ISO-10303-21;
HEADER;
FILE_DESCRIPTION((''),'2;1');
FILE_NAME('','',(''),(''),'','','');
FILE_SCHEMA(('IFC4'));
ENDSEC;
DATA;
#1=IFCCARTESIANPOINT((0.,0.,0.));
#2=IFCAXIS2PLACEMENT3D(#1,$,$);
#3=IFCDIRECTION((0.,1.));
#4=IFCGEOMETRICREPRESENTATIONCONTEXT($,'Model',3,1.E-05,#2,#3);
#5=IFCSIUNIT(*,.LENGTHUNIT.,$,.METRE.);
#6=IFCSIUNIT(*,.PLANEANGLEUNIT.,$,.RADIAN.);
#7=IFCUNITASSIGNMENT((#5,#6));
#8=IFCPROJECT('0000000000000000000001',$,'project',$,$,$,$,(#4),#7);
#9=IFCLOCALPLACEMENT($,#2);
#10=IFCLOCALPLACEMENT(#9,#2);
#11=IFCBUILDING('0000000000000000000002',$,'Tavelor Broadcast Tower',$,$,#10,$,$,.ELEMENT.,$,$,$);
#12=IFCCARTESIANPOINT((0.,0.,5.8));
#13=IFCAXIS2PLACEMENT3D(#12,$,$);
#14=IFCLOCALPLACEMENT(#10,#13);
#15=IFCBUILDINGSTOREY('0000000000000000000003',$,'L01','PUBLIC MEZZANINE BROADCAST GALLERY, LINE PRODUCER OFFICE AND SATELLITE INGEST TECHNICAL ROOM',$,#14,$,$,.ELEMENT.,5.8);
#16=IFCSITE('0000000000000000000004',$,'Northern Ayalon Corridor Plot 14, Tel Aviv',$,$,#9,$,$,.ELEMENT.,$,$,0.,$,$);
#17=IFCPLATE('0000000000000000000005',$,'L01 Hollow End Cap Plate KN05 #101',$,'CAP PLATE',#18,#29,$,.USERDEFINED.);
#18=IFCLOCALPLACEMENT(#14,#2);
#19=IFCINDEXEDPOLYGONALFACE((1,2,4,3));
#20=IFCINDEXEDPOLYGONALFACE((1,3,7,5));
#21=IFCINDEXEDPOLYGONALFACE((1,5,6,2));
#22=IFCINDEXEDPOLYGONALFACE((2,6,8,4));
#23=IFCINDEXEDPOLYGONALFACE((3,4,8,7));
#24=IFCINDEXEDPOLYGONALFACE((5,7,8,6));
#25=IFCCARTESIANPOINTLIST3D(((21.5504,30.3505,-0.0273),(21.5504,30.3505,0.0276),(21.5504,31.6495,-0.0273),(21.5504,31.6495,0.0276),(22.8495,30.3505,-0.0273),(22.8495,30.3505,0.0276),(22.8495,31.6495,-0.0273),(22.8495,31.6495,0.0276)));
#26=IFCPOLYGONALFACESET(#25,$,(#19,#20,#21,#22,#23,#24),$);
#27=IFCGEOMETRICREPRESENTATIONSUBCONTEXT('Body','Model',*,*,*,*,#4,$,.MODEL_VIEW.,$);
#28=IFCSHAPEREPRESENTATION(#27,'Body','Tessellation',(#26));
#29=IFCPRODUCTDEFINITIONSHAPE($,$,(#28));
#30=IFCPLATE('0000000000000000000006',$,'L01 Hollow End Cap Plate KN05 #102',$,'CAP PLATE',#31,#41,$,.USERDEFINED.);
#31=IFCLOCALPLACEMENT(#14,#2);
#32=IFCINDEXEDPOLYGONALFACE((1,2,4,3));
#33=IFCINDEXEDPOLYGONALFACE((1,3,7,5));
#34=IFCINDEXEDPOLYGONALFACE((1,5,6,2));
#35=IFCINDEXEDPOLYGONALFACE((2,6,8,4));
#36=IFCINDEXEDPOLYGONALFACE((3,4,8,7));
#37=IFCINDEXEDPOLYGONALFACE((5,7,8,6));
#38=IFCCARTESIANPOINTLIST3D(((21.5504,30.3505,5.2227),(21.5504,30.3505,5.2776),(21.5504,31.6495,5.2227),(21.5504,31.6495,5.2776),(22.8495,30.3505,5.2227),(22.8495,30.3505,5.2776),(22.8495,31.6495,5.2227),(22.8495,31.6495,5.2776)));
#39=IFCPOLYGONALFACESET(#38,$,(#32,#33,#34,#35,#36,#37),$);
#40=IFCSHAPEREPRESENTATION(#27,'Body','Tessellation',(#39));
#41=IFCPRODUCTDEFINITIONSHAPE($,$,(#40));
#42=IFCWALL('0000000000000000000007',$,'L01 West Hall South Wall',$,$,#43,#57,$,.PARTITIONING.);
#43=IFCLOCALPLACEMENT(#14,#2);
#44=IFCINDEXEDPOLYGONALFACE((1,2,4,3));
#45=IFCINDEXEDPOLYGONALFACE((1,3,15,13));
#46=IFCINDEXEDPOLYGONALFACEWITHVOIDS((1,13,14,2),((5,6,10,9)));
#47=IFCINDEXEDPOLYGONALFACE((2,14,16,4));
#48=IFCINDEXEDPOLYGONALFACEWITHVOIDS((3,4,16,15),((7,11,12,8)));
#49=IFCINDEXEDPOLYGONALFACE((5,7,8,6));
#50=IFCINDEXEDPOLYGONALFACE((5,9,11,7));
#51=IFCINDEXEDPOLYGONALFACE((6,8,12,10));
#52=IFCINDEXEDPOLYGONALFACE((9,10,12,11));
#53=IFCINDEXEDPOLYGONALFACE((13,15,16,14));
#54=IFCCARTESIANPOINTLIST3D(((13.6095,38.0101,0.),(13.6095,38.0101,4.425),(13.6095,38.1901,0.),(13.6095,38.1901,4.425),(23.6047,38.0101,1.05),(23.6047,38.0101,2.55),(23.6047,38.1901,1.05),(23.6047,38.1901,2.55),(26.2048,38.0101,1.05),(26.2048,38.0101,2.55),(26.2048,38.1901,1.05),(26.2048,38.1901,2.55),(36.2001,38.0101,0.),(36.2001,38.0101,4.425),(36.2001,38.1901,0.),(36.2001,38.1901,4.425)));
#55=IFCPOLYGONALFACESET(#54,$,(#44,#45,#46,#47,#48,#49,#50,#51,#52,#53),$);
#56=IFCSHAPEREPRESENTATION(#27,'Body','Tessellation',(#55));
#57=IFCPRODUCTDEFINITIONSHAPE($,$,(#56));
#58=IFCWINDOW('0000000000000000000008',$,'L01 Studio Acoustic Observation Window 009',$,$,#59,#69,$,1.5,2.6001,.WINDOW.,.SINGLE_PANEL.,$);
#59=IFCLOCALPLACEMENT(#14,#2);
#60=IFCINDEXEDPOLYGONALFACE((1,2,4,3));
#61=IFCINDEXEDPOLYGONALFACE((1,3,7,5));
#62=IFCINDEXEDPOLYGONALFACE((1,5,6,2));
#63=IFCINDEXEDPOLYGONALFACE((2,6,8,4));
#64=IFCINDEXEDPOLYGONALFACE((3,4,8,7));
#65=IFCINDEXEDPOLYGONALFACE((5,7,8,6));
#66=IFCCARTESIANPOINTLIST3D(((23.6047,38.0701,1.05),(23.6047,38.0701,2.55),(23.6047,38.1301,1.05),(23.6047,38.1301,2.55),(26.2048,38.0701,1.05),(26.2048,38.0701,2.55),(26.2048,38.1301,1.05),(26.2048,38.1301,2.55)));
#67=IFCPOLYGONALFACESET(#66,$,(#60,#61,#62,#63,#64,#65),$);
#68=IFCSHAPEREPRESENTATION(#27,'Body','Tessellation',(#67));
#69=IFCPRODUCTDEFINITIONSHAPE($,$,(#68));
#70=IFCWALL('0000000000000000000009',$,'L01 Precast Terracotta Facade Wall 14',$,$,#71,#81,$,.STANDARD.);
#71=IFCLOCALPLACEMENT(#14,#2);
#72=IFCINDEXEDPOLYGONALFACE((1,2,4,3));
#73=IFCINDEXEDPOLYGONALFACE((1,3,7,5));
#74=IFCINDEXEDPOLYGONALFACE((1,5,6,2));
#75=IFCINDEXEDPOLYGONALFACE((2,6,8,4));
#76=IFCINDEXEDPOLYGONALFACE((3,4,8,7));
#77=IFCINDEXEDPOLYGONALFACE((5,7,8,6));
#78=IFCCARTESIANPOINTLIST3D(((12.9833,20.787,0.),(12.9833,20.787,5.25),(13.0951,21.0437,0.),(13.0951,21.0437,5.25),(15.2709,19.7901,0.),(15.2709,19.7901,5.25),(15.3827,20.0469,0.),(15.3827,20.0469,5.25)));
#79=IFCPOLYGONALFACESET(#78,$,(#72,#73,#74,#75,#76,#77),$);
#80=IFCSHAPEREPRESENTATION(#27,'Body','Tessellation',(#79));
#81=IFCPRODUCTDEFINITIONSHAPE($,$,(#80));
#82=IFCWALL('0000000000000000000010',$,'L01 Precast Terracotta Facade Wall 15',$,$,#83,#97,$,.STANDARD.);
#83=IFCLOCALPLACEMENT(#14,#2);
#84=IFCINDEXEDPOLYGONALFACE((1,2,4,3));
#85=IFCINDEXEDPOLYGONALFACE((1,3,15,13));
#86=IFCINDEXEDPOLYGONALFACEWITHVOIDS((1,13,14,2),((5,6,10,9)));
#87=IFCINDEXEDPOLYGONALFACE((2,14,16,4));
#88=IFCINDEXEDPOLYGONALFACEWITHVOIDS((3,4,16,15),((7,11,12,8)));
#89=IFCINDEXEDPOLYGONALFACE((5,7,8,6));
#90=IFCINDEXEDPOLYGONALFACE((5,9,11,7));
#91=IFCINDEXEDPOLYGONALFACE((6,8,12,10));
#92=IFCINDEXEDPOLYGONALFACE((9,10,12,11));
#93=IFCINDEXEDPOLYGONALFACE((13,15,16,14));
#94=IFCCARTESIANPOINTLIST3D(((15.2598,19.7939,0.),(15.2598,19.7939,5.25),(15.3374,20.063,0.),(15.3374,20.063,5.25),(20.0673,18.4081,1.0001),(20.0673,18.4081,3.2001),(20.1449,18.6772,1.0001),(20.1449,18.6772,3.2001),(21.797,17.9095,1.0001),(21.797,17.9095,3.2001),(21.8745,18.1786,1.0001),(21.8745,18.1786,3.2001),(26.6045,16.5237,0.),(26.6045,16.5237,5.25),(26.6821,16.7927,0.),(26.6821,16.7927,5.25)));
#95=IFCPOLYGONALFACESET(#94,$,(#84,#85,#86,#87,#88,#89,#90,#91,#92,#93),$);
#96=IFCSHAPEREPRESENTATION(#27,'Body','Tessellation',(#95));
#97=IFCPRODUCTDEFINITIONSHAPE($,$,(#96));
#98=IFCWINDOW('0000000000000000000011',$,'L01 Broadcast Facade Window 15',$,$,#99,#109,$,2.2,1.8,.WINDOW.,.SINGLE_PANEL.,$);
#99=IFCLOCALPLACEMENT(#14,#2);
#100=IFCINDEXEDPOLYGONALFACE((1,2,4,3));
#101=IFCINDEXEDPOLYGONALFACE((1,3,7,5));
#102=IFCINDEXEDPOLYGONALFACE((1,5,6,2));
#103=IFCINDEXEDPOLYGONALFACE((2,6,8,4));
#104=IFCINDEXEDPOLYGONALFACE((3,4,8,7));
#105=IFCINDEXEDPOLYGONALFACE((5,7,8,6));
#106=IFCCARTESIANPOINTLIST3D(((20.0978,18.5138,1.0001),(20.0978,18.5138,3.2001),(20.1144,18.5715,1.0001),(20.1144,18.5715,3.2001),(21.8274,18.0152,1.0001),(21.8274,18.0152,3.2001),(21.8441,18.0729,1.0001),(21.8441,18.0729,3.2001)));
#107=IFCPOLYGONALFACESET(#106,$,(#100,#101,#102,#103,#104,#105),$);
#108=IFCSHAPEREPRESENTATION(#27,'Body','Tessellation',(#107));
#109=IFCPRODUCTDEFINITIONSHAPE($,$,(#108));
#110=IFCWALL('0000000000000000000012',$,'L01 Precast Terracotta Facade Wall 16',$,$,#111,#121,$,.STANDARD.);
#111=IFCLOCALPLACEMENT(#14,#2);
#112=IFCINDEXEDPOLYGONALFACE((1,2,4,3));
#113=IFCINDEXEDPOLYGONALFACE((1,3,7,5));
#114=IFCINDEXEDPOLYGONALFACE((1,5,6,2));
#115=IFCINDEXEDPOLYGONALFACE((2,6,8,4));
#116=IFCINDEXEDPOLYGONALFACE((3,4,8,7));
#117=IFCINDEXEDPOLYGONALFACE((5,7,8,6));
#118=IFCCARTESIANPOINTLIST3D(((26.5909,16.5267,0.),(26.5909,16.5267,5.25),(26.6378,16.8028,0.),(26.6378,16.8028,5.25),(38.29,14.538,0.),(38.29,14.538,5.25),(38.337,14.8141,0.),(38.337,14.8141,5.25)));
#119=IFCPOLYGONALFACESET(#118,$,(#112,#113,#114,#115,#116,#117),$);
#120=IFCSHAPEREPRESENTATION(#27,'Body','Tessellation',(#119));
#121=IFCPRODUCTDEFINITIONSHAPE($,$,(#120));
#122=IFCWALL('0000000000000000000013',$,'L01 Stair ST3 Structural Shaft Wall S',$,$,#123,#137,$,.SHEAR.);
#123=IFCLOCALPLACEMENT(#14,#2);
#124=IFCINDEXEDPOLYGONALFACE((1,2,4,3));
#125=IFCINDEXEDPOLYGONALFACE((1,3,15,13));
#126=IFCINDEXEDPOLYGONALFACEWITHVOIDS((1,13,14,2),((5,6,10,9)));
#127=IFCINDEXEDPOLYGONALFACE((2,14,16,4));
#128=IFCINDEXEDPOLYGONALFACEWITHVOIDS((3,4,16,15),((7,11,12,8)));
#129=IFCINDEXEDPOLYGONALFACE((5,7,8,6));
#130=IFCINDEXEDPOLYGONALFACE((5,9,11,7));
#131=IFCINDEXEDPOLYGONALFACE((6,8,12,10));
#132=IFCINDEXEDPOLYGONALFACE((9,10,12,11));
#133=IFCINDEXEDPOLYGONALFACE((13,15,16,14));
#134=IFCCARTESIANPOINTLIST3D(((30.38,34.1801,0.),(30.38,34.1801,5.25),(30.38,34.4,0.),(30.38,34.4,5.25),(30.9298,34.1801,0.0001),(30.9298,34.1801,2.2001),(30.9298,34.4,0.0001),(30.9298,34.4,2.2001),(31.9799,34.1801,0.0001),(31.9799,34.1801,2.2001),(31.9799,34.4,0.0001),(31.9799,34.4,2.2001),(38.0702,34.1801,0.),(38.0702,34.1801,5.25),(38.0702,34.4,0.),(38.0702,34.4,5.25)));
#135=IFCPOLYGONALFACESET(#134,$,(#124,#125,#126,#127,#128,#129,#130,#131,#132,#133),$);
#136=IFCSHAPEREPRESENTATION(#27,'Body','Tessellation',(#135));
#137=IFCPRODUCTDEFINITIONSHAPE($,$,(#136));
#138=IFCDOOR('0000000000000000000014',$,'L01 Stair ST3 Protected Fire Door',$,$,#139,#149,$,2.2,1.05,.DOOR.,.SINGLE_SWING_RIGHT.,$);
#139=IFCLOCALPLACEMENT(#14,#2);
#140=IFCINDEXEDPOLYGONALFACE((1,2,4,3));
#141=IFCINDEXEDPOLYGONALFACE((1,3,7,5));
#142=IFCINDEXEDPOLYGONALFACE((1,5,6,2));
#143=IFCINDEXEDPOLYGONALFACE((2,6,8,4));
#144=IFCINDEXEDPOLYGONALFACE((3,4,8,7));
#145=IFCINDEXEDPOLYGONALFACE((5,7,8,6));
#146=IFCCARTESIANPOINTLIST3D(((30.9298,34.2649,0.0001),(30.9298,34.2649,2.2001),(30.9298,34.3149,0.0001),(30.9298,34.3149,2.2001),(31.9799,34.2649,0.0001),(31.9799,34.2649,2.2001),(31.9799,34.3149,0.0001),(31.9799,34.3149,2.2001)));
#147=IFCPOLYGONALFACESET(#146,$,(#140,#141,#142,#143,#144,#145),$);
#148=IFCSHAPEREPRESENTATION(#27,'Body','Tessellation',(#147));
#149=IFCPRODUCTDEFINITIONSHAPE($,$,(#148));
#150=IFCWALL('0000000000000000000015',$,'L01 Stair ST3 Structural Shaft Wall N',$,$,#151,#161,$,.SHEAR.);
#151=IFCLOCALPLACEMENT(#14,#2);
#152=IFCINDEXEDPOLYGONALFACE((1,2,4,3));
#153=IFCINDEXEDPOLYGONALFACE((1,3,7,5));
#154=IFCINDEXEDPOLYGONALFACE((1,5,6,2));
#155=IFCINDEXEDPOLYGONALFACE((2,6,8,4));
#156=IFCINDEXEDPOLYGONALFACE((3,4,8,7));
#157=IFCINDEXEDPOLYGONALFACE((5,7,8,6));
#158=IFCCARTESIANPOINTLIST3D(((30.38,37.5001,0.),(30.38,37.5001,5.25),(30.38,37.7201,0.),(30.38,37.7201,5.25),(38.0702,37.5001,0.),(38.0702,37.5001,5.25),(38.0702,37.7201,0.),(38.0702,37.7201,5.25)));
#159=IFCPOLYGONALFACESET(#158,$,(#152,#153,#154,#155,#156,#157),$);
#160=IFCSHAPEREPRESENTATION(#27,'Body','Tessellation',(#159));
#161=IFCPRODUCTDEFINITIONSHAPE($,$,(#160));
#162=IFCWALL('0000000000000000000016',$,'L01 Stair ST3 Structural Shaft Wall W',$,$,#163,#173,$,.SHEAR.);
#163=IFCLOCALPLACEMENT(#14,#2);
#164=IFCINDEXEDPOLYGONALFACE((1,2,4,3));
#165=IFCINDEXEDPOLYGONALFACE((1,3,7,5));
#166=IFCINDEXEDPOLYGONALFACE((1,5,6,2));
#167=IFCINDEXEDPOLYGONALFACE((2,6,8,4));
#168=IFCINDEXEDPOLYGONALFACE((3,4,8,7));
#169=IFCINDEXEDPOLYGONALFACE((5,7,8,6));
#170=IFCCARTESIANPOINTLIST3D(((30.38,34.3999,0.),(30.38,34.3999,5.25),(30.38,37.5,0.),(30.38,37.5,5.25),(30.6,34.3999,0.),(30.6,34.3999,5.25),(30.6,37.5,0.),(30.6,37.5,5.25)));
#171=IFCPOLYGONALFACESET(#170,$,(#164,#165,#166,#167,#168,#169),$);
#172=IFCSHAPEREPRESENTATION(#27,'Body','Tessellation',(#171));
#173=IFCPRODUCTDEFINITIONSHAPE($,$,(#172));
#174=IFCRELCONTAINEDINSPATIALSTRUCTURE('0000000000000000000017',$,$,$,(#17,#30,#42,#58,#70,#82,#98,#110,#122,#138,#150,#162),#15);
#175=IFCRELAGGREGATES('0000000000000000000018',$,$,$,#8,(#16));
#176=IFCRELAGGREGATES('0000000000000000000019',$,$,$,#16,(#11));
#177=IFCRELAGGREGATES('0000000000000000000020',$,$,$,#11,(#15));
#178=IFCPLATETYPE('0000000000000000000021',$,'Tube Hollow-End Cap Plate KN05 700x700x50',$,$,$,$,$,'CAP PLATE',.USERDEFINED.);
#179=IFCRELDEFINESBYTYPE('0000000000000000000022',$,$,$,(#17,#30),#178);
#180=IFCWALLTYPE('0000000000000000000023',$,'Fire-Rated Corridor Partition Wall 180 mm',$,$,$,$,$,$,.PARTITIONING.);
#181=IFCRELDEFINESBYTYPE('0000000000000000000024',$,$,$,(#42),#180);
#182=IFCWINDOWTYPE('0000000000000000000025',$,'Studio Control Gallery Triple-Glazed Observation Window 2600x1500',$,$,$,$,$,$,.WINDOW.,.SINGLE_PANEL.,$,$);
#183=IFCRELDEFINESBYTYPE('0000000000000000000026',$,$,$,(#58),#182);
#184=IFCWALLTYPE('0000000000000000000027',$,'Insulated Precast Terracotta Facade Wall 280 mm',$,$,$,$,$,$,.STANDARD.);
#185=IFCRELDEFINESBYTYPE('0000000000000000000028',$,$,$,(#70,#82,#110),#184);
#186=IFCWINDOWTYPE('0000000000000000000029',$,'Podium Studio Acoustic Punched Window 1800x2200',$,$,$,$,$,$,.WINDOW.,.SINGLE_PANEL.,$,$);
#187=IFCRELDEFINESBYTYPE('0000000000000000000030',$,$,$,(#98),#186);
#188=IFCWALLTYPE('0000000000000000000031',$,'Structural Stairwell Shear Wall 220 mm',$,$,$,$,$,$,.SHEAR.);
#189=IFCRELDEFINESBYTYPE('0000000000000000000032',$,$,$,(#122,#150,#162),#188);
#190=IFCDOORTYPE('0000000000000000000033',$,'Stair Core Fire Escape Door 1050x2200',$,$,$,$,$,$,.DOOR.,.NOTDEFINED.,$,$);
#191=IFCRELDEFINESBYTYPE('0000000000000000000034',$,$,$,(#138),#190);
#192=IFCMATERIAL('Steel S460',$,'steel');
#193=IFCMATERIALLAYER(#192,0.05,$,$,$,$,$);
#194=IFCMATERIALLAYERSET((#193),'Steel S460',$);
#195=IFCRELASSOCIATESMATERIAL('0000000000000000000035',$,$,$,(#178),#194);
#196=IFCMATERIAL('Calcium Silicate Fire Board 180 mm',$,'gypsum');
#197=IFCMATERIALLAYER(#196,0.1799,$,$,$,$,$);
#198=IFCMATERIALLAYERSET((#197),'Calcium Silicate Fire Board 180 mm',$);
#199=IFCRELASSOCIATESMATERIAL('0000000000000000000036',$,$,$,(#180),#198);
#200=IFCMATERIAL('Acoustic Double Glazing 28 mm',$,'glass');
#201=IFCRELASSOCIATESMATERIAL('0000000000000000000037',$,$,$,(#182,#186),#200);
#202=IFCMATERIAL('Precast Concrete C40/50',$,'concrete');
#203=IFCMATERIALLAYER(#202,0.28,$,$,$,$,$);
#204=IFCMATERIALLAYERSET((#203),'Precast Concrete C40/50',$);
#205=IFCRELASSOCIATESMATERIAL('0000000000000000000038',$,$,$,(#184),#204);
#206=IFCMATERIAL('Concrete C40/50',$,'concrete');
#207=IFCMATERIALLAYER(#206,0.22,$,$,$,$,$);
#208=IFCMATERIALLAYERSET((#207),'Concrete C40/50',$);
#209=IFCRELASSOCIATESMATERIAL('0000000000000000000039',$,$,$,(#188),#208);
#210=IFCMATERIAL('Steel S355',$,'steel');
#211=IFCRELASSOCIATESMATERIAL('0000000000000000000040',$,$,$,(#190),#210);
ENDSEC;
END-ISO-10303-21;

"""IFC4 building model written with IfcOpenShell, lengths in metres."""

from ifc_helpers import new_model, si_unit, direction, frame, frame_2d, origin, origin_2d, place, context, subcontext, project, spatial, rectangle, extrude, source, transform, mapped, material, layer, layer_set, type_object, type_shapes, element, fill, save


model = new_model("IFC4")

# Units and contexts
model_context = context("Model", 3, precision=1e-05, world=origin(), true_north=direction((0.0, 1.0)))
body_context = subcontext(model_context, "Body", "Model", "MODEL_VIEW")
ifc_project = project(units=[si_unit("LENGTHUNIT", "METRE"), si_unit("PLANEANGLEUNIT", "RADIAN")], contexts=[model_context])

# Site, building, storey
site_placement = place(None, origin())
site = spatial("IfcSite", under=ifc_project, at=site_placement, Name="Northern Ayalon Corridor Plot 14, Tel Aviv", CompositionType="ELEMENT", RefElevation=0.0)
building_placement = place(site_placement, origin())
building = spatial("IfcBuilding", under=site, at=building_placement, Name="Tavelor Broadcast Tower", CompositionType="ELEMENT")
storey_placement = place(building_placement, frame((0.0, 0.0, 5.8)))
storey = spatial("IfcBuildingStorey", under=building, at=storey_placement, Name="L01", Description="PUBLIC MEZZANINE BROADCAST GALLERY, LINE PRODUCER OFFICE AND SATELLITE INGEST TECHNICAL ROOM", CompositionType="ELEMENT", Elevation=5.8)

# Shared definitions
ifc_material_1 = material(Name="Steel S460", Category="steel")

# Shared definitions
ifc_material_2 = material(Name="Steel S355", Category="steel")

# Plates
ifc_layer_1 = layer(ifc_material_1, 0.05)
ifc_layer_set_1 = layer_set([ifc_layer_1], Name="Steel S460")
plate_type = type_object("IfcPlateType", Name="Tube Hollow-End Cap Plate KN05 700x700x50", ElementType="CAP PLATE", PredefinedType="USERDEFINED", material=ifc_layer_set_1)
shared_shape = source(origin(), body_context, "Body", "SweptSolid", [
    extrude(rectangle(XDim=1.2991, YDim=1.2991, at=origin_2d()), origin(), (0.0, 0.0, 1.0), 0.0549),
])
type_shapes(plate_type, [shared_shape])
for number, where, z_axis, x_axis, name in (
    (1, (22.2, 31.0, -0.0273), (0.0, 0.0, 1.0), (1.0, 0.0, 0.0), "L01 Hollow End Cap Plate KN05 #101"),
    (2, (22.2, 31.0, 5.2227), (0.0, 0.0, 1.0), (1.0, 0.0, 0.0), "L01 Hollow End Cap Plate KN05 #102"),
):
    element("IfcPlate", number, at=place(storey_placement, frame(where, z_axis=z_axis, x_axis=x_axis)), inside=storey, type_object=plate_type, Name=name, ObjectType="CAP PLATE", PredefinedType="USERDEFINED", context=body_context, shape_type="MappedRepresentation", body=[
        mapped(shared_shape, transform((0.0, 0.0, 0.0), scale=1.0)),
    ])

# Wall, opening, window
ifc_material_3 = material(Name="Calcium Silicate Fire Board 180 mm", Category="gypsum")
ifc_layer_2 = layer(ifc_material_3, 0.1799)
ifc_layer_set_2 = layer_set([ifc_layer_2], Name="Calcium Silicate Fire Board 180 mm")
wall_type_1 = type_object("IfcWallType", Name="Fire-Rated Corridor Partition Wall 180 mm", PredefinedType="PARTITIONING", material=ifc_layer_set_2)
wall_1_placement = place(storey_placement, frame((13.6094, 38.1001, 0.0), z_axis=(0.0, 0.0, 1.0), x_axis=(1.0, 0.0, 0.0)))
wall_1 = element("IfcWall", 3, at=wall_1_placement, inside=storey, type_object=wall_type_1, Name="L01 West Hall South Wall", PredefinedType="PARTITIONING", context=body_context, shape_type="SweptSolid", body=[
    extrude(rectangle(XDim=22.5906, YDim=0.1799, at=frame_2d((11.2954, 0.0))), origin(), (0.0, 0.0, 1.0), 4.425),
])
opening_1_placement = place(wall_1_placement, frame((9.9954, 0.0, 1.05)))
opening_1 = element("IfcOpeningElement", 4, at=opening_1_placement, cuts=wall_1, PredefinedType="OPENING", context=body_context, shape_type="SweptSolid", body=[
    extrude(rectangle(XDim=2.6001, YDim=1.5, at=frame_2d((1.3, 0.75))), frame((0.0, 0.1001, 0.0), z_axis=(0.0, -1.0, 0.0), x_axis=(1.0, 0.0, 0.0)), (0.0, 0.0, 1.0), 0.2),
])
ifc_material_4 = material(Name="Acoustic Double Glazing 28 mm", Category="glass")
window_type_1 = type_object("IfcWindowType", Name="Studio Control Gallery Triple-Glazed Observation Window 2600x1500", PartitioningType="SINGLE_PANEL", PredefinedType="WINDOW", material=ifc_material_4)
window_1_placement = place(opening_1_placement, origin())
window_1 = element("IfcWindow", 5, at=window_1_placement, inside=storey, type_object=window_type_1, Name="L01 Studio Acoustic Observation Window 009", OverallHeight=1.5, OverallWidth=2.6001, PartitioningType="SINGLE_PANEL", PredefinedType="WINDOW", context=body_context, shape_type="SweptSolid", body=[
    extrude(rectangle(XDim=2.6001, YDim=1.5, at=frame_2d((1.3, 0.75))), frame((0.0, 0.03, 0.0), z_axis=(0.0, -1.0, 0.0), x_axis=(1.0, 0.0, 0.0)), (0.0, 0.0, 1.0), 0.0601),
])
fill(opening_1, window_1)

# Wall
ifc_material_5 = material(Name="Precast Concrete C40/50", Category="concrete")
ifc_layer_3 = layer(ifc_material_5, 0.28)
ifc_layer_set_3 = layer_set([ifc_layer_3], Name="Precast Concrete C40/50")
wall_type_2 = type_object("IfcWallType", Name="Insulated Precast Terracotta Facade Wall 280 mm", PredefinedType="STANDARD", material=ifc_layer_set_3)
wall_2_placement = place(storey_placement, frame((13.0393, 20.9153, 0.0), z_axis=(0.0, 0.0, 1.0), x_axis=(0.916745, -0.399474, 0.0)))
element("IfcWall", 6, at=wall_2_placement, inside=storey, type_object=wall_type_2, Name="L01 Precast Terracotta Facade Wall 14", PredefinedType="STANDARD", context=body_context, shape_type="SweptSolid", body=[
    extrude(rectangle(XDim=2.4954, YDim=0.28, at=frame_2d((1.2476, 0.0))), origin(), (0.0, 0.0, 1.0), 5.25),
])

# Wall, opening, window
wall_3_placement = place(storey_placement, frame((15.2986, 19.9285, 0.0), z_axis=(0.0, 0.0, 1.0), x_axis=(0.960874, -0.276984, 0.0)))
wall_3 = element("IfcWall", 7, at=wall_3_placement, inside=storey, type_object=wall_type_2, Name="L01 Precast Terracotta Facade Wall 15", PredefinedType="STANDARD", context=body_context, shape_type="SweptSolid", body=[
    extrude(rectangle(XDim=11.8066, YDim=0.28, at=frame_2d((5.9033, 0.0))), origin(), (0.0, 0.0, 1.0), 5.25),
])
opening_2_placement = place(wall_3_placement, frame((5.0034, 0.0, 1.0)))
opening_2 = element("IfcOpeningElement", 8, at=opening_2_placement, cuts=wall_3, PredefinedType="OPENING", context=body_context, shape_type="SweptSolid", body=[
    extrude(rectangle(XDim=1.8, YDim=2.2, at=frame_2d((0.8999, 1.1001))), frame((0.0, 0.1499, 0.0), z_axis=(0.0, -1.0, 0.0), x_axis=(1.0, 0.0, 0.0)), (0.0, 0.0, 1.0), 0.3),
])
window_type_2 = type_object("IfcWindowType", Name="Podium Studio Acoustic Punched Window 1800x2200", PartitioningType="SINGLE_PANEL", PredefinedType="WINDOW", material=ifc_material_4)
window_2_placement = place(opening_2_placement, origin())
window_2 = element("IfcWindow", 9, at=window_2_placement, inside=storey, type_object=window_type_2, Name="L01 Broadcast Facade Window 15", OverallHeight=2.2, OverallWidth=1.8, PartitioningType="SINGLE_PANEL", PredefinedType="WINDOW", context=body_context, shape_type="SweptSolid", body=[
    extrude(rectangle(XDim=1.8, YDim=2.2, at=frame_2d((0.8999, 1.1001))), frame((0.0, 0.03, 0.0), z_axis=(0.0, -1.0, 0.0), x_axis=(1.0, 0.0, 0.0)), (0.0, 0.0, 1.0), 0.0601),
])
fill(opening_2, window_2)

# Wall
wall_4_placement = place(storey_placement, frame((26.6143, 16.6648, 0.0), z_axis=(0.0, 0.0, 1.0), x_axis=(0.985857, -0.167587, 0.0)))
element("IfcWall", 10, at=wall_4_placement, inside=storey, type_object=wall_type_2, Name="L01 Precast Terracotta Facade Wall 16", PredefinedType="STANDARD", context=body_context, shape_type="SweptSolid", body=[
    extrude(rectangle(XDim=11.8669, YDim=0.28, at=frame_2d((5.9336, 0.0))), origin(), (0.0, 0.0, 1.0), 5.25),
])

# Wall, opening, door
ifc_material_6 = material(Name="Concrete C40/50", Category="concrete")
ifc_layer_4 = layer(ifc_material_6, 0.22)
ifc_layer_set_4 = layer_set([ifc_layer_4], Name="Concrete C40/50")
wall_type_3 = type_object("IfcWallType", Name="Structural Stairwell Shear Wall 220 mm", PredefinedType="SHEAR", material=ifc_layer_set_4)
wall_5_placement = place(storey_placement, frame((30.3799, 34.29, 0.0), z_axis=(0.0, 0.0, 1.0), x_axis=(1.0, 0.0, 0.0)))
wall_5 = element("IfcWall", 11, at=wall_5_placement, inside=storey, type_object=wall_type_3, Name="L01 Stair ST3 Structural Shaft Wall S", PredefinedType="SHEAR", context=body_context, shape_type="SweptSolid", body=[
    extrude(rectangle(XDim=7.6902, YDim=0.22, at=frame_2d((3.8452, 0.0))), origin(), (0.0, 0.0, 1.0), 5.25),
])
opening_3_placement = place(wall_5_placement, frame((0.55, 0.0, 0.0)))
opening_3 = element("IfcOpeningElement", 12, at=opening_3_placement, cuts=wall_5, PredefinedType="OPENING", context=body_context, shape_type="SweptSolid", body=[
    extrude(rectangle(XDim=1.05, YDim=2.2, at=frame_2d((0.5249, 1.1001))), frame((0.0, 0.1201, 0.0), z_axis=(0.0, -1.0, 0.0), x_axis=(1.0, 0.0, 0.0)), (0.0, 0.0, 1.0), 0.24),
])
door_type = type_object("IfcDoorType", Name="Stair Core Fire Escape Door 1050x2200", OperationType="NOTDEFINED", PredefinedType="DOOR", material=ifc_material_2)
door_placement = place(opening_3_placement, origin())
door = element("IfcDoor", 13, at=door_placement, inside=storey, type_object=door_type, Name="L01 Stair ST3 Protected Fire Door", OperationType="SINGLE_SWING_RIGHT", OverallHeight=2.2, OverallWidth=1.05, PredefinedType="DOOR", context=body_context, shape_type="SweptSolid", body=[
    extrude(rectangle(XDim=1.05, YDim=2.2, at=frame_2d((0.5249, 1.1001))), frame((0.0, 0.0249, 0.0), z_axis=(0.0, -1.0, 0.0), x_axis=(1.0, 0.0, 0.0)), (0.0, 0.0, 1.0), 0.05),
])
fill(opening_3, door)

# Walls
wall_6_placement = place(storey_placement, frame((30.3799, 37.6101, 0.0), z_axis=(0.0, 0.0, 1.0), x_axis=(1.0, 0.0, 0.0)))
element("IfcWall", 14, at=wall_6_placement, inside=storey, type_object=wall_type_3, Name="L01 Stair ST3 Structural Shaft Wall N", PredefinedType="SHEAR", context=body_context, shape_type="SweptSolid", body=[
    extrude(rectangle(XDim=7.6902, YDim=0.22, at=frame_2d((3.8452, 0.0))), origin(), (0.0, 0.0, 1.0), 5.25),
])
wall_7_placement = place(storey_placement, frame((30.49, 34.3999, 0.0), z_axis=(0.0, 0.0, 1.0), x_axis=(0.0, 1.0, 0.0)))
element("IfcWall", 15, at=wall_7_placement, inside=storey, type_object=wall_type_3, Name="L01 Stair ST3 Structural Shaft Wall W", PredefinedType="SHEAR", context=body_context, shape_type="SweptSolid", body=[
    extrude(rectangle(XDim=3.1001, YDim=0.22, at=frame_2d((1.55, 0.0))), origin(), (0.0, 0.0, 1.0), 5.25),
])

save(model, "model.ifc")
